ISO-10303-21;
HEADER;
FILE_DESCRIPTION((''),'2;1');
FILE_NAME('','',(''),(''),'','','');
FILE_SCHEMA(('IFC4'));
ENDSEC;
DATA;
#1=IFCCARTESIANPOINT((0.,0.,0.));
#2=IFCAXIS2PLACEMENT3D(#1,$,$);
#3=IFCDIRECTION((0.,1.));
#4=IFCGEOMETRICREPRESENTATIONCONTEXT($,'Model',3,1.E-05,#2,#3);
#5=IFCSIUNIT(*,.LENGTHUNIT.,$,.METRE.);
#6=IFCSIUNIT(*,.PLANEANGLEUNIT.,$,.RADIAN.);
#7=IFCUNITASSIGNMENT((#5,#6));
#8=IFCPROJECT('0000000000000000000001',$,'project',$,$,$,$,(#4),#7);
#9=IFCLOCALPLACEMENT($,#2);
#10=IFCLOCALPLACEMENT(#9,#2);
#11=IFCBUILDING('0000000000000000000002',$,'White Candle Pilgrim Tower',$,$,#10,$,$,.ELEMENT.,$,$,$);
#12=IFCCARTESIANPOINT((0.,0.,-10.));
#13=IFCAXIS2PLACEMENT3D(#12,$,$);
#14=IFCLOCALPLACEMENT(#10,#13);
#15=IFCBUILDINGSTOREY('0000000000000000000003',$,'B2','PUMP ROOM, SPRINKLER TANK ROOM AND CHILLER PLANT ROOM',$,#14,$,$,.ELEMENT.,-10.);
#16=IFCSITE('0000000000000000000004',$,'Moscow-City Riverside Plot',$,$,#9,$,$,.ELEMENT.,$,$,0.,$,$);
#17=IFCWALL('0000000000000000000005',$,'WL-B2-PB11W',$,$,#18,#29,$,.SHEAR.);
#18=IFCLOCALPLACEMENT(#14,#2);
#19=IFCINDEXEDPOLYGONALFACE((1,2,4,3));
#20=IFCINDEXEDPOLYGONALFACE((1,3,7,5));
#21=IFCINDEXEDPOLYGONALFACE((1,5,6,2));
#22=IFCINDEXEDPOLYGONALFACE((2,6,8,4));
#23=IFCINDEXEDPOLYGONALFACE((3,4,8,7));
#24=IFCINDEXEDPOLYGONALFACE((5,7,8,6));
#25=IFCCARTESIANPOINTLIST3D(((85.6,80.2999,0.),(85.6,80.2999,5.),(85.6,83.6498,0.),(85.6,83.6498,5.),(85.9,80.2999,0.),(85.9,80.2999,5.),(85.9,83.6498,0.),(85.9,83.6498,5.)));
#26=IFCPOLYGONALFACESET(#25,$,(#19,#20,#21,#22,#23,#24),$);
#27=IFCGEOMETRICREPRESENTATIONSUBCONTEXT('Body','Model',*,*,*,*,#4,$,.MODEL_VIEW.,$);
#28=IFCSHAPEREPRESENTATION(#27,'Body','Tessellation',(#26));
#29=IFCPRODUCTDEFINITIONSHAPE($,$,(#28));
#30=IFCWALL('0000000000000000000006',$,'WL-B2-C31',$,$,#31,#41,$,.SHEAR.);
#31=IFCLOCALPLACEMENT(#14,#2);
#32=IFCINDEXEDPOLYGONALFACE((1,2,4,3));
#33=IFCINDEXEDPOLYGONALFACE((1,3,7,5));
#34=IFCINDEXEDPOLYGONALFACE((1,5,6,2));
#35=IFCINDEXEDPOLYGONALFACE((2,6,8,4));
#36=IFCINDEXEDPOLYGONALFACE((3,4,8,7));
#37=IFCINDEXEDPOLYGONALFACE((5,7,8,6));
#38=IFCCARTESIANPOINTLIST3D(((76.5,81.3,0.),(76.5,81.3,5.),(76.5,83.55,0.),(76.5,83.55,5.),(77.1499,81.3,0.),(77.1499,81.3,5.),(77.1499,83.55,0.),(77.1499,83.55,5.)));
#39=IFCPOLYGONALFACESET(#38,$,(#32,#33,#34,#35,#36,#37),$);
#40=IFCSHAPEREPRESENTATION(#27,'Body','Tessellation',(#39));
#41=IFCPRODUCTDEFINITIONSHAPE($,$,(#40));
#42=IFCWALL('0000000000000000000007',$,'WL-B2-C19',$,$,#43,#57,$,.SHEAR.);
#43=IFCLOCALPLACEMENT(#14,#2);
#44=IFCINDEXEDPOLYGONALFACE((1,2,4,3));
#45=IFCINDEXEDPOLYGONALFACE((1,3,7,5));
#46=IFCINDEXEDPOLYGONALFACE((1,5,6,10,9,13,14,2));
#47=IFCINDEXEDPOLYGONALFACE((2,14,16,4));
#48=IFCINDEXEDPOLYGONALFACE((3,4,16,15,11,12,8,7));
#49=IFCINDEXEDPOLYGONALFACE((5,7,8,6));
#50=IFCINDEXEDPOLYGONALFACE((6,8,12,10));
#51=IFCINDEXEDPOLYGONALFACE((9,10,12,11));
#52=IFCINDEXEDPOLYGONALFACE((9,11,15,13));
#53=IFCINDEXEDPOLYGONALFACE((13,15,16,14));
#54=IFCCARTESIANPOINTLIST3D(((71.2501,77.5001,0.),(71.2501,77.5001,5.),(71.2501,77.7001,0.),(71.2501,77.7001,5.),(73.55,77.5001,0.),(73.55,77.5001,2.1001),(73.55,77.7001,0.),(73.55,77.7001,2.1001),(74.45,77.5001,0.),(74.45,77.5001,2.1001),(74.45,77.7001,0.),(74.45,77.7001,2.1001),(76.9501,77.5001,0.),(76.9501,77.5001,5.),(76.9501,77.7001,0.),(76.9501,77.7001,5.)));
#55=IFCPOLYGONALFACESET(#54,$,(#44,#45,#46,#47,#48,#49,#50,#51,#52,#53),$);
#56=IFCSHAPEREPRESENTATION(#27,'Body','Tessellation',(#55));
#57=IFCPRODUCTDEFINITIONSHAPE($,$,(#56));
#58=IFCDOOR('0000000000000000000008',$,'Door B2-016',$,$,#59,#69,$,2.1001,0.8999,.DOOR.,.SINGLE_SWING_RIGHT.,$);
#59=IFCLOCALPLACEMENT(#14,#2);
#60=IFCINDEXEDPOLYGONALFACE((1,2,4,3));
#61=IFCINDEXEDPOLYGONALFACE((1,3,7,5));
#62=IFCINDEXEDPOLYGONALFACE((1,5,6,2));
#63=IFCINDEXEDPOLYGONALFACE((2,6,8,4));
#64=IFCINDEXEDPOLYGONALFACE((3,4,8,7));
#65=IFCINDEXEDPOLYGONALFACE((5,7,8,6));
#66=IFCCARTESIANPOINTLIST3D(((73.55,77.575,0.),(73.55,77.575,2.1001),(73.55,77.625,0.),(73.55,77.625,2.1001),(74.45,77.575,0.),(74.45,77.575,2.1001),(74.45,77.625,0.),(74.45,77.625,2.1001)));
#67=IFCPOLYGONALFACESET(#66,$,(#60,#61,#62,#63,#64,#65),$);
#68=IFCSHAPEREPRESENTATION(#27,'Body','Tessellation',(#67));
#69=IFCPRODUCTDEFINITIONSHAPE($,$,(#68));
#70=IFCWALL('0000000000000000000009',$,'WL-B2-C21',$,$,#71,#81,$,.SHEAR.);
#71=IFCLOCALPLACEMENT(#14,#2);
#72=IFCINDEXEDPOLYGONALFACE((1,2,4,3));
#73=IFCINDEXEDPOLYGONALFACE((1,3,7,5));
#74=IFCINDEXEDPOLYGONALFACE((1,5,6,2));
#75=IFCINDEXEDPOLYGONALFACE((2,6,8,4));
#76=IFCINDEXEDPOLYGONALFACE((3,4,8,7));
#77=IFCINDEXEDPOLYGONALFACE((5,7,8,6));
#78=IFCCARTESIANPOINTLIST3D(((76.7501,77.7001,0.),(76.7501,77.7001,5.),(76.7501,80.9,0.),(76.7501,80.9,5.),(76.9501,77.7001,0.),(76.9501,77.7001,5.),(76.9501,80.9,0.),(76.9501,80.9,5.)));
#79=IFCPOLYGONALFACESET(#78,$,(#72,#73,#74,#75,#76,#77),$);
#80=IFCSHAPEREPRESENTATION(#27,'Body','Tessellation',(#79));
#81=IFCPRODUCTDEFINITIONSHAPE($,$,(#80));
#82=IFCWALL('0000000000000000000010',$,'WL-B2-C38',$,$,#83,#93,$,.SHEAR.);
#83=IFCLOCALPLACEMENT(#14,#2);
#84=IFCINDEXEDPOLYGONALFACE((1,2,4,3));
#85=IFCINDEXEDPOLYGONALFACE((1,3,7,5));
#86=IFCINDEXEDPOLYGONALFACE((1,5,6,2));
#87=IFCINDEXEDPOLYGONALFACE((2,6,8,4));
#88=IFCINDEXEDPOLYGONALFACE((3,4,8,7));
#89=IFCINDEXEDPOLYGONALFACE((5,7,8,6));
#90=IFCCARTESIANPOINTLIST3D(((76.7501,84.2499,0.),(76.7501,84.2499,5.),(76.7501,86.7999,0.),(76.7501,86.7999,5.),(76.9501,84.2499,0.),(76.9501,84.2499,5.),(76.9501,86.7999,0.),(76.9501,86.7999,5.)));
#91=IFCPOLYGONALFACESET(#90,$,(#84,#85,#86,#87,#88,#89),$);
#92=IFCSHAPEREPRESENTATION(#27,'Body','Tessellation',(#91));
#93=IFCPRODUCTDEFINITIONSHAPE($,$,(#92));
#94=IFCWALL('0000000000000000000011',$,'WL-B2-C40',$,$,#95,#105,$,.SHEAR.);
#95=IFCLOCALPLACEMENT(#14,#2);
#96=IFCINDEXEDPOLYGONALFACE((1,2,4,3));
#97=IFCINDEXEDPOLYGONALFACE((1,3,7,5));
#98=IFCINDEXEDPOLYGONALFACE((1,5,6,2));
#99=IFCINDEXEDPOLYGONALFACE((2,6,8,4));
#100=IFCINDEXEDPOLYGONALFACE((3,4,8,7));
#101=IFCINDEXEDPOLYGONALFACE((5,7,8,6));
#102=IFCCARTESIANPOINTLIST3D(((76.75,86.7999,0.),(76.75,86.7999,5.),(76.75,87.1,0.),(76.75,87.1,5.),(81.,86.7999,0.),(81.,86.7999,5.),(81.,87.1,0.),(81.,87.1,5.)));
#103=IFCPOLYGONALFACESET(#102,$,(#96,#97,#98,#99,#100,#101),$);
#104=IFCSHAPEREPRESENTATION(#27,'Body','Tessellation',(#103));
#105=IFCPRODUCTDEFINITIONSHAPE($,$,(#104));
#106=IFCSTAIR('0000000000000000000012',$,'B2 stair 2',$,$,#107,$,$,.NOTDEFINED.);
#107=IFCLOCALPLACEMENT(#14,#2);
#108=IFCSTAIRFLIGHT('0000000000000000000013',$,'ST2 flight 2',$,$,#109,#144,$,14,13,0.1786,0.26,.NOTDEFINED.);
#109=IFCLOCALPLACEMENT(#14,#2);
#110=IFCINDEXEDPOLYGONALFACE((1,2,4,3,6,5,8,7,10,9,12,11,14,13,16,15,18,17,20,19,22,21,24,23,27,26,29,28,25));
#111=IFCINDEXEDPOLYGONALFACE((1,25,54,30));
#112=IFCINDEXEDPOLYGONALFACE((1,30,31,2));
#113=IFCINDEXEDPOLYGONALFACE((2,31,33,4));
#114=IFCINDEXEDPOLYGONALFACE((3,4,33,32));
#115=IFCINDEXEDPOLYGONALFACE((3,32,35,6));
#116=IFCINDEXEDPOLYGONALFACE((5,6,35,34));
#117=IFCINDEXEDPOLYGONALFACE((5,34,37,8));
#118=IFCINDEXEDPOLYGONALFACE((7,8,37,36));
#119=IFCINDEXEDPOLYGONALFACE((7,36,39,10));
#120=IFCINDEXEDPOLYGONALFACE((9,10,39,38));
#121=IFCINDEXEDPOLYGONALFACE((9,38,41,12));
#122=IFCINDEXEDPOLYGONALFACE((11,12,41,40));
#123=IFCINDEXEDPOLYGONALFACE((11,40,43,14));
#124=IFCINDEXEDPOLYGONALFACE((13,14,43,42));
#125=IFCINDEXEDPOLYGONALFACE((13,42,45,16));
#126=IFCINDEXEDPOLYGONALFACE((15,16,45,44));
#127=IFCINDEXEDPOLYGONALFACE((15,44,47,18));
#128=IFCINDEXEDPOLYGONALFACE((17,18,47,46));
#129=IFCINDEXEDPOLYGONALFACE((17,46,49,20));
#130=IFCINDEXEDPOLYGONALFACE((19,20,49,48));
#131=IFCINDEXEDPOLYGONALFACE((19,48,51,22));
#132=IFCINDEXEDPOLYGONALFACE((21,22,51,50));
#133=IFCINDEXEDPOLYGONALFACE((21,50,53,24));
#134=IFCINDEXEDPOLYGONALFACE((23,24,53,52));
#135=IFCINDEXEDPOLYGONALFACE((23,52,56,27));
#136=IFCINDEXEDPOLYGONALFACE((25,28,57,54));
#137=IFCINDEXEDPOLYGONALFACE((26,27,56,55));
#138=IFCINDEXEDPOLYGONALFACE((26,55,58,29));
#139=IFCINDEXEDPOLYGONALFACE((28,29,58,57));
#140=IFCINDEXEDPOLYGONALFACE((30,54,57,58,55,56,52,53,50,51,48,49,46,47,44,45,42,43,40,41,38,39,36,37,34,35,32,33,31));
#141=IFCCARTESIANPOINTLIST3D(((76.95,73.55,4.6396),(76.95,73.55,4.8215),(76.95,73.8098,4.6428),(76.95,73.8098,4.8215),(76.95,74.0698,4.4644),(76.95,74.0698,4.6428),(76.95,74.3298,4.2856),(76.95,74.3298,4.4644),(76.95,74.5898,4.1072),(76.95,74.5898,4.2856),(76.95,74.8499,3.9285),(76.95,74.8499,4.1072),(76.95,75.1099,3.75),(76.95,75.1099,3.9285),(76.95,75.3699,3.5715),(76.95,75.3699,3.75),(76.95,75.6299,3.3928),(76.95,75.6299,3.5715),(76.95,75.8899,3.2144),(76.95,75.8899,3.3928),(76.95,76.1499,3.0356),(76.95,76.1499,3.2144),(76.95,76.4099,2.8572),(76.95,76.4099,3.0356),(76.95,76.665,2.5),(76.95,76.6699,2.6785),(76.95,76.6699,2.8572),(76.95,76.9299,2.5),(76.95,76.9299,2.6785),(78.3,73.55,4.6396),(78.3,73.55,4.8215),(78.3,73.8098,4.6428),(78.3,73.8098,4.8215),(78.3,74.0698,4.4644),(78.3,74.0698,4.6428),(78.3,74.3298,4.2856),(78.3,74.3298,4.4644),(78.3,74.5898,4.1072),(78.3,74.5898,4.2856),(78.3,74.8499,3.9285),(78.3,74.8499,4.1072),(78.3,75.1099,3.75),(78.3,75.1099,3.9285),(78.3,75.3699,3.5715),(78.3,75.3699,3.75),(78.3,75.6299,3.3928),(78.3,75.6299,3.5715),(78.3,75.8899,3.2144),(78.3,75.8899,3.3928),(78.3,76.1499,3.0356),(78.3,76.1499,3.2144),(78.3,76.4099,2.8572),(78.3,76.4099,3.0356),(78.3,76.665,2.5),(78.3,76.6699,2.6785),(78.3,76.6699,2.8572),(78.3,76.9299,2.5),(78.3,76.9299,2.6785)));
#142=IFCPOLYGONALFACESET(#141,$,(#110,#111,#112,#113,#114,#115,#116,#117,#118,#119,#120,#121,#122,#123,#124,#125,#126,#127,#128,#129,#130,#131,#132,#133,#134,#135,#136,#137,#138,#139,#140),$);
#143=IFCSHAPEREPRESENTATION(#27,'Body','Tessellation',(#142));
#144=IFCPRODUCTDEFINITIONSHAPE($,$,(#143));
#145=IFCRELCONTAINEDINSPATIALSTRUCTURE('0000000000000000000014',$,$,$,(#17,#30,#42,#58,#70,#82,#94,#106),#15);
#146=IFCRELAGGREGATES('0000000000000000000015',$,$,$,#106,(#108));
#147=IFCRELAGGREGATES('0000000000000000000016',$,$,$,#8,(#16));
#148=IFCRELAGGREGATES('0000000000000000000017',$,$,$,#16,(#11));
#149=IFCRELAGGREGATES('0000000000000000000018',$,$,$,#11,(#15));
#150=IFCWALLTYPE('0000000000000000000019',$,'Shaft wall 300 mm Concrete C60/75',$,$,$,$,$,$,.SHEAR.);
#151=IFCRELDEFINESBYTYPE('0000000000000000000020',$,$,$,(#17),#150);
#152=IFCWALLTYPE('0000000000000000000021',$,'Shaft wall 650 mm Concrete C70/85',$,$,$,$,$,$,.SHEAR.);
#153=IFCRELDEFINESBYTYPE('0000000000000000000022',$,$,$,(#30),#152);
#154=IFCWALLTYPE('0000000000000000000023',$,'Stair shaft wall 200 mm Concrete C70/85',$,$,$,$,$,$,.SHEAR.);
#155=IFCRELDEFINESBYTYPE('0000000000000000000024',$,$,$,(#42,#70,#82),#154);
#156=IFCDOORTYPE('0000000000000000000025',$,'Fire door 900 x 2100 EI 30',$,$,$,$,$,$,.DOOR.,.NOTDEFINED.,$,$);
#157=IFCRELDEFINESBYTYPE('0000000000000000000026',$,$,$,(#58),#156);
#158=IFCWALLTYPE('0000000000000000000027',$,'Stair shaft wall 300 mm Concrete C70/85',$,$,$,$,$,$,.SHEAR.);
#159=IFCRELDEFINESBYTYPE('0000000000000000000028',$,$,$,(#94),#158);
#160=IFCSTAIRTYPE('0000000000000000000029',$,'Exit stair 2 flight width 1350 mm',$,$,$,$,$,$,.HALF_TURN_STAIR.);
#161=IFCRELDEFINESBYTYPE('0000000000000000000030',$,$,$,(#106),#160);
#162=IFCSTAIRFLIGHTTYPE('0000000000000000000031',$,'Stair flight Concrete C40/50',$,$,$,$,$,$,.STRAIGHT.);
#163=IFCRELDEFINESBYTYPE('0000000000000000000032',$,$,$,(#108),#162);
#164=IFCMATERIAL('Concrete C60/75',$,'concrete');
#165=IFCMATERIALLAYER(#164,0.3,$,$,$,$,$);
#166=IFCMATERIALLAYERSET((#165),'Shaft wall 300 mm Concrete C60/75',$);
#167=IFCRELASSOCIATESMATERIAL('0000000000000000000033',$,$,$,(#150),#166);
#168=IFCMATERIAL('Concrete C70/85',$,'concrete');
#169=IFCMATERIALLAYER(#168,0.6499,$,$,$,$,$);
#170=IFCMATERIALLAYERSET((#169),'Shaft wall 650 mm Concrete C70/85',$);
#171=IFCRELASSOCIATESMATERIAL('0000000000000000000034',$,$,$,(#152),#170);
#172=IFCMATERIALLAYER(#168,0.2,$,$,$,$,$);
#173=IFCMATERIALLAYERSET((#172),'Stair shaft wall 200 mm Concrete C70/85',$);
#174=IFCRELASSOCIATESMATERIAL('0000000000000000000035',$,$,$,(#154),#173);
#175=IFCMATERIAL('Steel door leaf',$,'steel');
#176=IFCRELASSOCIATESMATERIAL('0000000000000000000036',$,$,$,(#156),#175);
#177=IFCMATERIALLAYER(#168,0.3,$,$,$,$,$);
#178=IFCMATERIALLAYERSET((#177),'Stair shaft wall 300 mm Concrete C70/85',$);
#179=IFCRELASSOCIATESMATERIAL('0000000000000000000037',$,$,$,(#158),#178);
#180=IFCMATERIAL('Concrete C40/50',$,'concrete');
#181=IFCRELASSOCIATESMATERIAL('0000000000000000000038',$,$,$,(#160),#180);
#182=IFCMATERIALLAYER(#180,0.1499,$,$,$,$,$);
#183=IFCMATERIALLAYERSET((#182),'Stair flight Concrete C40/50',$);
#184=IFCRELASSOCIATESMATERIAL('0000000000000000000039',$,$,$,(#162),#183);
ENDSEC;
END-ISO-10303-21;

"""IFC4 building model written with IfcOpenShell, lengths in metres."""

from ifc_helpers import new_model, si_unit, direction, frame, frame_2d, origin, place, context, subcontext, project, spatial, polyline, rectangle, outline, extrude, material, layer, layer_set, type_object, element, fill, aggregate, save


model = new_model("IFC4")

# Units and contexts
model_context = context("Model", 3, precision=1e-05, world=origin(), true_north=direction((0.0, 1.0)))
body_context = subcontext(model_context, "Body", "Model", "MODEL_VIEW")
ifc_project = project(units=[si_unit("LENGTHUNIT", "METRE"), si_unit("PLANEANGLEUNIT", "RADIAN")], contexts=[model_context])

# Site, building, storey
site_placement = place(None, origin())
site = spatial("IfcSite", under=ifc_project, at=site_placement, Name="Moscow-City Riverside Plot", CompositionType="ELEMENT", RefElevation=0.0)
building_placement = place(site_placement, origin())
building = spatial("IfcBuilding", under=site, at=building_placement, Name="White Candle Pilgrim Tower", CompositionType="ELEMENT")
storey_placement = place(building_placement, frame((0.0, 0.0, -10.0)))
storey = spatial("IfcBuildingStorey", under=building, at=storey_placement, Name="B2", Description="PUMP ROOM, SPRINKLER TANK ROOM AND CHILLER PLANT ROOM", CompositionType="ELEMENT", Elevation=-10.0)

# Shared definitions
ifc_material_1 = material(Name="Concrete C40/50", Category="concrete")

# Shared definitions
ifc_material_2 = material(Name="Concrete C70/85", Category="concrete")
ifc_material_3 = material(Name="Steel door leaf", Category="steel")

# Walls
ifc_material_4 = material(Name="Concrete C60/75", Category="concrete")
ifc_layer_1 = layer(ifc_material_4, 0.3)
ifc_layer_set_1 = layer_set([ifc_layer_1], Name="Shaft wall 300 mm Concrete C60/75")
wall_type_1 = type_object("IfcWallType", Name="Shaft wall 300 mm Concrete C60/75", PredefinedType="SHEAR", material=ifc_layer_set_1)
wall_1_placement = place(storey_placement, frame((85.75, 80.3, 0.0), z_axis=(0.0, 0.0, 1.0), x_axis=(0.0, 1.0, 0.0)))
element("IfcWall", 1, at=wall_1_placement, inside=storey, type_object=wall_type_1, Name="WL-B2-PB11W", PredefinedType="SHEAR", context=body_context, shape_type="SweptSolid", body=[
    extrude(rectangle(XDim=3.3499, YDim=0.3, at=frame_2d((1.6748, 0.0))), origin(), (0.0, 0.0, 1.0), 5.0),
])
ifc_layer_2 = layer(ifc_material_2, 0.6499)
ifc_layer_set_2 = layer_set([ifc_layer_2], Name="Shaft wall 650 mm Concrete C70/85")
wall_type_2 = type_object("IfcWallType", Name="Shaft wall 650 mm Concrete C70/85", PredefinedType="SHEAR", material=ifc_layer_set_2)
wall_2_placement = place(storey_placement, frame((76.825, 81.3, 0.0), z_axis=(0.0, 0.0, 1.0), x_axis=(0.0, 1.0, 0.0)))
element("IfcWall", 2, at=wall_2_placement, inside=storey, type_object=wall_type_2, Name="WL-B2-C31", PredefinedType="SHEAR", context=body_context, shape_type="SweptSolid", body=[
    extrude(rectangle(XDim=2.25, YDim=0.6499, at=frame_2d((1.125, 0.0))), origin(), (0.0, 0.0, 1.0), 5.0),
])

# Wall, opening, door
ifc_layer_3 = layer(ifc_material_2, 0.2)
ifc_layer_set_3 = layer_set([ifc_layer_3], Name="Stair shaft wall 200 mm Concrete C70/85")
wall_type_3 = type_object("IfcWallType", Name="Stair shaft wall 200 mm Concrete C70/85", PredefinedType="SHEAR", material=ifc_layer_set_3)
wall_3_placement = place(storey_placement, frame((71.25, 77.6001, 0.0), z_axis=(0.0, 0.0, 1.0), x_axis=(1.0, 0.0, 0.0)))
wall_3 = element("IfcWall", 3, at=wall_3_placement, inside=storey, type_object=wall_type_3, Name="WL-B2-C19", PredefinedType="SHEAR", context=body_context, shape_type="SweptSolid", body=[
    extrude(rectangle(XDim=5.7, YDim=0.2, at=frame_2d((2.8501, 0.0))), origin(), (0.0, 0.0, 1.0), 5.0),
])
opening_1_placement = place(wall_3_placement, frame((2.3, 0.0, 0.0)))
opening_1 = element("IfcOpeningElement", 4, at=opening_1_placement, cuts=wall_3, PredefinedType="OPENING", context=body_context, shape_type="SweptSolid", body=[
    extrude(rectangle(XDim=0.8999, YDim=2.1001, at=frame_2d((0.45, 1.05))), frame((0.0, 0.1099, 0.0), z_axis=(0.0, -1.0, 0.0), x_axis=(1.0, 0.0, 0.0)), (0.0, 0.0, 1.0), 0.22),
])
door_type_1 = type_object("IfcDoorType", Name="Fire door 900 x 2100 EI 30", OperationType="NOTDEFINED", PredefinedType="DOOR", material=ifc_material_3)
door_1_placement = place(opening_1_placement, origin())
door_1 = element("IfcDoor", 5, at=door_1_placement, inside=storey, type_object=door_type_1, Name="Door B2-016", OperationType="SINGLE_SWING_RIGHT", OverallHeight=2.1001, OverallWidth=0.8999, PredefinedType="DOOR", context=body_context, shape_type="SweptSolid", body=[
    extrude(rectangle(XDim=0.8999, YDim=2.1001, at=frame_2d((0.45, 1.05))), frame((0.0, 0.0249, 0.0), z_axis=(0.0, -1.0, 0.0), x_axis=(1.0, 0.0, 0.0)), (0.0, 0.0, 1.0), 0.05),
])
fill(opening_1, door_1)

# Walls
wall_4_placement = place(storey_placement, frame((76.8501, 77.7, 0.0), z_axis=(0.0, 0.0, 1.0), x_axis=(0.0, 1.0, 0.0)))
element("IfcWall", 6, at=wall_4_placement, inside=storey, type_object=wall_type_3, Name="WL-B2-C21", PredefinedType="SHEAR", context=body_context, shape_type="SweptSolid", body=[
    extrude(rectangle(XDim=3.2, YDim=0.2, at=frame_2d((1.6001, 0.0))), origin(), (0.0, 0.0, 1.0), 5.0),
])
wall_5_placement = place(storey_placement, frame((76.8501, 84.25, 0.0), z_axis=(0.0, 0.0, 1.0), x_axis=(0.0, 1.0, 0.0)))
element("IfcWall", 7, at=wall_5_placement, inside=storey, type_object=wall_type_3, Name="WL-B2-C38", PredefinedType="SHEAR", context=body_context, shape_type="SweptSolid", body=[
    extrude(rectangle(XDim=2.55, YDim=0.2, at=frame_2d((1.2749, 0.0))), origin(), (0.0, 0.0, 1.0), 5.0),
])
ifc_layer_4 = layer(ifc_material_2, 0.3)
ifc_layer_set_4 = layer_set([ifc_layer_4], Name="Stair shaft wall 300 mm Concrete C70/85")
wall_type_4 = type_object("IfcWallType", Name="Stair shaft wall 300 mm Concrete C70/85", PredefinedType="SHEAR", material=ifc_layer_set_4)
wall_6_placement = place(storey_placement, frame((76.75, 86.95, 0.0), z_axis=(0.0, 0.0, 1.0), x_axis=(1.0, 0.0, 0.0)))
element("IfcWall", 8, at=wall_6_placement, inside=storey, type_object=wall_type_4, Name="WL-B2-C40", PredefinedType="SHEAR", context=body_context, shape_type="SweptSolid", body=[
    extrude(rectangle(XDim=4.25, YDim=0.3, at=frame_2d((2.125, 0.0))), origin(), (0.0, 0.0, 1.0), 5.0),
])

# Stair, stair flight
stair_type_1 = type_object("IfcStairType", Name="Exit stair 2 flight width 1350 mm", PredefinedType="HALF_TURN_STAIR", material=ifc_material_1)
stair_1_placement = place(storey_placement, origin())
stair_1 = element("IfcStair", 9, at=stair_1_placement, inside=storey, type_object=stair_type_1, Name="B2 stair 2", PredefinedType="NOTDEFINED")
ifc_layer_5 = layer(ifc_material_1, 0.1499)
ifc_layer_set_5 = layer_set([ifc_layer_5], Name="Stair flight Concrete C40/50")
stair_flight_type = type_object("IfcStairFlightType", Name="Stair flight Concrete C40/50", PredefinedType="STRAIGHT", material=ifc_layer_set_5)
stair_flight_1_placement = place(storey_placement, frame((77.625, 76.9299, 2.5), z_axis=(0.0, 0.0, 1.0), x_axis=(0.0, -1.0, 0.0)))
stair_flight_1 = element("IfcStairFlight", 10, at=stair_flight_1_placement, type_object=stair_flight_type, Name="ST2 flight 2", NumberOfRisers=14, NumberOfTreads=13, PredefinedType="NOTDEFINED", RiserHeight=0.1786, TreadLength=0.26, context=body_context, shape_type="SweptSolid", body=[
    extrude(outline(polyline([(0.0, 0.0), (0.0, 0.1785), (0.26, 0.1785), (0.26, 0.3572), (0.52, 0.3572), (0.52, 0.5356), (0.78, 0.5356), (0.78, 0.7144), (1.04, 0.7144), (1.04, 0.8928), (1.3, 0.8928), (1.3, 1.0715), (1.5601, 1.0715), (1.5601, 1.25), (1.8201, 1.25), (1.8201, 1.4285), (2.0801, 1.4285), (2.0801, 1.6072), (2.3401, 1.6072), (2.3401, 1.7856), (2.6001, 1.7856), (2.6001, 1.9644), (2.8601, 1.9644), (2.8601, 2.1428), (3.1201, 2.1428), (3.1201, 2.3215), (3.3799, 2.3215), (3.3799, 2.5), (3.3799, 2.1396), (0.2649, 0.0), (0.0, 0.0)])), frame((0.0, 0.675, 0.0), z_axis=(0.0, -1.0, 0.0), x_axis=(1.0, 0.0, 0.0)), (0.0, 0.0, 1.0), 1.3501),
])
aggregate(stair_1, [stair_flight_1])

save(model, "model.ifc")
